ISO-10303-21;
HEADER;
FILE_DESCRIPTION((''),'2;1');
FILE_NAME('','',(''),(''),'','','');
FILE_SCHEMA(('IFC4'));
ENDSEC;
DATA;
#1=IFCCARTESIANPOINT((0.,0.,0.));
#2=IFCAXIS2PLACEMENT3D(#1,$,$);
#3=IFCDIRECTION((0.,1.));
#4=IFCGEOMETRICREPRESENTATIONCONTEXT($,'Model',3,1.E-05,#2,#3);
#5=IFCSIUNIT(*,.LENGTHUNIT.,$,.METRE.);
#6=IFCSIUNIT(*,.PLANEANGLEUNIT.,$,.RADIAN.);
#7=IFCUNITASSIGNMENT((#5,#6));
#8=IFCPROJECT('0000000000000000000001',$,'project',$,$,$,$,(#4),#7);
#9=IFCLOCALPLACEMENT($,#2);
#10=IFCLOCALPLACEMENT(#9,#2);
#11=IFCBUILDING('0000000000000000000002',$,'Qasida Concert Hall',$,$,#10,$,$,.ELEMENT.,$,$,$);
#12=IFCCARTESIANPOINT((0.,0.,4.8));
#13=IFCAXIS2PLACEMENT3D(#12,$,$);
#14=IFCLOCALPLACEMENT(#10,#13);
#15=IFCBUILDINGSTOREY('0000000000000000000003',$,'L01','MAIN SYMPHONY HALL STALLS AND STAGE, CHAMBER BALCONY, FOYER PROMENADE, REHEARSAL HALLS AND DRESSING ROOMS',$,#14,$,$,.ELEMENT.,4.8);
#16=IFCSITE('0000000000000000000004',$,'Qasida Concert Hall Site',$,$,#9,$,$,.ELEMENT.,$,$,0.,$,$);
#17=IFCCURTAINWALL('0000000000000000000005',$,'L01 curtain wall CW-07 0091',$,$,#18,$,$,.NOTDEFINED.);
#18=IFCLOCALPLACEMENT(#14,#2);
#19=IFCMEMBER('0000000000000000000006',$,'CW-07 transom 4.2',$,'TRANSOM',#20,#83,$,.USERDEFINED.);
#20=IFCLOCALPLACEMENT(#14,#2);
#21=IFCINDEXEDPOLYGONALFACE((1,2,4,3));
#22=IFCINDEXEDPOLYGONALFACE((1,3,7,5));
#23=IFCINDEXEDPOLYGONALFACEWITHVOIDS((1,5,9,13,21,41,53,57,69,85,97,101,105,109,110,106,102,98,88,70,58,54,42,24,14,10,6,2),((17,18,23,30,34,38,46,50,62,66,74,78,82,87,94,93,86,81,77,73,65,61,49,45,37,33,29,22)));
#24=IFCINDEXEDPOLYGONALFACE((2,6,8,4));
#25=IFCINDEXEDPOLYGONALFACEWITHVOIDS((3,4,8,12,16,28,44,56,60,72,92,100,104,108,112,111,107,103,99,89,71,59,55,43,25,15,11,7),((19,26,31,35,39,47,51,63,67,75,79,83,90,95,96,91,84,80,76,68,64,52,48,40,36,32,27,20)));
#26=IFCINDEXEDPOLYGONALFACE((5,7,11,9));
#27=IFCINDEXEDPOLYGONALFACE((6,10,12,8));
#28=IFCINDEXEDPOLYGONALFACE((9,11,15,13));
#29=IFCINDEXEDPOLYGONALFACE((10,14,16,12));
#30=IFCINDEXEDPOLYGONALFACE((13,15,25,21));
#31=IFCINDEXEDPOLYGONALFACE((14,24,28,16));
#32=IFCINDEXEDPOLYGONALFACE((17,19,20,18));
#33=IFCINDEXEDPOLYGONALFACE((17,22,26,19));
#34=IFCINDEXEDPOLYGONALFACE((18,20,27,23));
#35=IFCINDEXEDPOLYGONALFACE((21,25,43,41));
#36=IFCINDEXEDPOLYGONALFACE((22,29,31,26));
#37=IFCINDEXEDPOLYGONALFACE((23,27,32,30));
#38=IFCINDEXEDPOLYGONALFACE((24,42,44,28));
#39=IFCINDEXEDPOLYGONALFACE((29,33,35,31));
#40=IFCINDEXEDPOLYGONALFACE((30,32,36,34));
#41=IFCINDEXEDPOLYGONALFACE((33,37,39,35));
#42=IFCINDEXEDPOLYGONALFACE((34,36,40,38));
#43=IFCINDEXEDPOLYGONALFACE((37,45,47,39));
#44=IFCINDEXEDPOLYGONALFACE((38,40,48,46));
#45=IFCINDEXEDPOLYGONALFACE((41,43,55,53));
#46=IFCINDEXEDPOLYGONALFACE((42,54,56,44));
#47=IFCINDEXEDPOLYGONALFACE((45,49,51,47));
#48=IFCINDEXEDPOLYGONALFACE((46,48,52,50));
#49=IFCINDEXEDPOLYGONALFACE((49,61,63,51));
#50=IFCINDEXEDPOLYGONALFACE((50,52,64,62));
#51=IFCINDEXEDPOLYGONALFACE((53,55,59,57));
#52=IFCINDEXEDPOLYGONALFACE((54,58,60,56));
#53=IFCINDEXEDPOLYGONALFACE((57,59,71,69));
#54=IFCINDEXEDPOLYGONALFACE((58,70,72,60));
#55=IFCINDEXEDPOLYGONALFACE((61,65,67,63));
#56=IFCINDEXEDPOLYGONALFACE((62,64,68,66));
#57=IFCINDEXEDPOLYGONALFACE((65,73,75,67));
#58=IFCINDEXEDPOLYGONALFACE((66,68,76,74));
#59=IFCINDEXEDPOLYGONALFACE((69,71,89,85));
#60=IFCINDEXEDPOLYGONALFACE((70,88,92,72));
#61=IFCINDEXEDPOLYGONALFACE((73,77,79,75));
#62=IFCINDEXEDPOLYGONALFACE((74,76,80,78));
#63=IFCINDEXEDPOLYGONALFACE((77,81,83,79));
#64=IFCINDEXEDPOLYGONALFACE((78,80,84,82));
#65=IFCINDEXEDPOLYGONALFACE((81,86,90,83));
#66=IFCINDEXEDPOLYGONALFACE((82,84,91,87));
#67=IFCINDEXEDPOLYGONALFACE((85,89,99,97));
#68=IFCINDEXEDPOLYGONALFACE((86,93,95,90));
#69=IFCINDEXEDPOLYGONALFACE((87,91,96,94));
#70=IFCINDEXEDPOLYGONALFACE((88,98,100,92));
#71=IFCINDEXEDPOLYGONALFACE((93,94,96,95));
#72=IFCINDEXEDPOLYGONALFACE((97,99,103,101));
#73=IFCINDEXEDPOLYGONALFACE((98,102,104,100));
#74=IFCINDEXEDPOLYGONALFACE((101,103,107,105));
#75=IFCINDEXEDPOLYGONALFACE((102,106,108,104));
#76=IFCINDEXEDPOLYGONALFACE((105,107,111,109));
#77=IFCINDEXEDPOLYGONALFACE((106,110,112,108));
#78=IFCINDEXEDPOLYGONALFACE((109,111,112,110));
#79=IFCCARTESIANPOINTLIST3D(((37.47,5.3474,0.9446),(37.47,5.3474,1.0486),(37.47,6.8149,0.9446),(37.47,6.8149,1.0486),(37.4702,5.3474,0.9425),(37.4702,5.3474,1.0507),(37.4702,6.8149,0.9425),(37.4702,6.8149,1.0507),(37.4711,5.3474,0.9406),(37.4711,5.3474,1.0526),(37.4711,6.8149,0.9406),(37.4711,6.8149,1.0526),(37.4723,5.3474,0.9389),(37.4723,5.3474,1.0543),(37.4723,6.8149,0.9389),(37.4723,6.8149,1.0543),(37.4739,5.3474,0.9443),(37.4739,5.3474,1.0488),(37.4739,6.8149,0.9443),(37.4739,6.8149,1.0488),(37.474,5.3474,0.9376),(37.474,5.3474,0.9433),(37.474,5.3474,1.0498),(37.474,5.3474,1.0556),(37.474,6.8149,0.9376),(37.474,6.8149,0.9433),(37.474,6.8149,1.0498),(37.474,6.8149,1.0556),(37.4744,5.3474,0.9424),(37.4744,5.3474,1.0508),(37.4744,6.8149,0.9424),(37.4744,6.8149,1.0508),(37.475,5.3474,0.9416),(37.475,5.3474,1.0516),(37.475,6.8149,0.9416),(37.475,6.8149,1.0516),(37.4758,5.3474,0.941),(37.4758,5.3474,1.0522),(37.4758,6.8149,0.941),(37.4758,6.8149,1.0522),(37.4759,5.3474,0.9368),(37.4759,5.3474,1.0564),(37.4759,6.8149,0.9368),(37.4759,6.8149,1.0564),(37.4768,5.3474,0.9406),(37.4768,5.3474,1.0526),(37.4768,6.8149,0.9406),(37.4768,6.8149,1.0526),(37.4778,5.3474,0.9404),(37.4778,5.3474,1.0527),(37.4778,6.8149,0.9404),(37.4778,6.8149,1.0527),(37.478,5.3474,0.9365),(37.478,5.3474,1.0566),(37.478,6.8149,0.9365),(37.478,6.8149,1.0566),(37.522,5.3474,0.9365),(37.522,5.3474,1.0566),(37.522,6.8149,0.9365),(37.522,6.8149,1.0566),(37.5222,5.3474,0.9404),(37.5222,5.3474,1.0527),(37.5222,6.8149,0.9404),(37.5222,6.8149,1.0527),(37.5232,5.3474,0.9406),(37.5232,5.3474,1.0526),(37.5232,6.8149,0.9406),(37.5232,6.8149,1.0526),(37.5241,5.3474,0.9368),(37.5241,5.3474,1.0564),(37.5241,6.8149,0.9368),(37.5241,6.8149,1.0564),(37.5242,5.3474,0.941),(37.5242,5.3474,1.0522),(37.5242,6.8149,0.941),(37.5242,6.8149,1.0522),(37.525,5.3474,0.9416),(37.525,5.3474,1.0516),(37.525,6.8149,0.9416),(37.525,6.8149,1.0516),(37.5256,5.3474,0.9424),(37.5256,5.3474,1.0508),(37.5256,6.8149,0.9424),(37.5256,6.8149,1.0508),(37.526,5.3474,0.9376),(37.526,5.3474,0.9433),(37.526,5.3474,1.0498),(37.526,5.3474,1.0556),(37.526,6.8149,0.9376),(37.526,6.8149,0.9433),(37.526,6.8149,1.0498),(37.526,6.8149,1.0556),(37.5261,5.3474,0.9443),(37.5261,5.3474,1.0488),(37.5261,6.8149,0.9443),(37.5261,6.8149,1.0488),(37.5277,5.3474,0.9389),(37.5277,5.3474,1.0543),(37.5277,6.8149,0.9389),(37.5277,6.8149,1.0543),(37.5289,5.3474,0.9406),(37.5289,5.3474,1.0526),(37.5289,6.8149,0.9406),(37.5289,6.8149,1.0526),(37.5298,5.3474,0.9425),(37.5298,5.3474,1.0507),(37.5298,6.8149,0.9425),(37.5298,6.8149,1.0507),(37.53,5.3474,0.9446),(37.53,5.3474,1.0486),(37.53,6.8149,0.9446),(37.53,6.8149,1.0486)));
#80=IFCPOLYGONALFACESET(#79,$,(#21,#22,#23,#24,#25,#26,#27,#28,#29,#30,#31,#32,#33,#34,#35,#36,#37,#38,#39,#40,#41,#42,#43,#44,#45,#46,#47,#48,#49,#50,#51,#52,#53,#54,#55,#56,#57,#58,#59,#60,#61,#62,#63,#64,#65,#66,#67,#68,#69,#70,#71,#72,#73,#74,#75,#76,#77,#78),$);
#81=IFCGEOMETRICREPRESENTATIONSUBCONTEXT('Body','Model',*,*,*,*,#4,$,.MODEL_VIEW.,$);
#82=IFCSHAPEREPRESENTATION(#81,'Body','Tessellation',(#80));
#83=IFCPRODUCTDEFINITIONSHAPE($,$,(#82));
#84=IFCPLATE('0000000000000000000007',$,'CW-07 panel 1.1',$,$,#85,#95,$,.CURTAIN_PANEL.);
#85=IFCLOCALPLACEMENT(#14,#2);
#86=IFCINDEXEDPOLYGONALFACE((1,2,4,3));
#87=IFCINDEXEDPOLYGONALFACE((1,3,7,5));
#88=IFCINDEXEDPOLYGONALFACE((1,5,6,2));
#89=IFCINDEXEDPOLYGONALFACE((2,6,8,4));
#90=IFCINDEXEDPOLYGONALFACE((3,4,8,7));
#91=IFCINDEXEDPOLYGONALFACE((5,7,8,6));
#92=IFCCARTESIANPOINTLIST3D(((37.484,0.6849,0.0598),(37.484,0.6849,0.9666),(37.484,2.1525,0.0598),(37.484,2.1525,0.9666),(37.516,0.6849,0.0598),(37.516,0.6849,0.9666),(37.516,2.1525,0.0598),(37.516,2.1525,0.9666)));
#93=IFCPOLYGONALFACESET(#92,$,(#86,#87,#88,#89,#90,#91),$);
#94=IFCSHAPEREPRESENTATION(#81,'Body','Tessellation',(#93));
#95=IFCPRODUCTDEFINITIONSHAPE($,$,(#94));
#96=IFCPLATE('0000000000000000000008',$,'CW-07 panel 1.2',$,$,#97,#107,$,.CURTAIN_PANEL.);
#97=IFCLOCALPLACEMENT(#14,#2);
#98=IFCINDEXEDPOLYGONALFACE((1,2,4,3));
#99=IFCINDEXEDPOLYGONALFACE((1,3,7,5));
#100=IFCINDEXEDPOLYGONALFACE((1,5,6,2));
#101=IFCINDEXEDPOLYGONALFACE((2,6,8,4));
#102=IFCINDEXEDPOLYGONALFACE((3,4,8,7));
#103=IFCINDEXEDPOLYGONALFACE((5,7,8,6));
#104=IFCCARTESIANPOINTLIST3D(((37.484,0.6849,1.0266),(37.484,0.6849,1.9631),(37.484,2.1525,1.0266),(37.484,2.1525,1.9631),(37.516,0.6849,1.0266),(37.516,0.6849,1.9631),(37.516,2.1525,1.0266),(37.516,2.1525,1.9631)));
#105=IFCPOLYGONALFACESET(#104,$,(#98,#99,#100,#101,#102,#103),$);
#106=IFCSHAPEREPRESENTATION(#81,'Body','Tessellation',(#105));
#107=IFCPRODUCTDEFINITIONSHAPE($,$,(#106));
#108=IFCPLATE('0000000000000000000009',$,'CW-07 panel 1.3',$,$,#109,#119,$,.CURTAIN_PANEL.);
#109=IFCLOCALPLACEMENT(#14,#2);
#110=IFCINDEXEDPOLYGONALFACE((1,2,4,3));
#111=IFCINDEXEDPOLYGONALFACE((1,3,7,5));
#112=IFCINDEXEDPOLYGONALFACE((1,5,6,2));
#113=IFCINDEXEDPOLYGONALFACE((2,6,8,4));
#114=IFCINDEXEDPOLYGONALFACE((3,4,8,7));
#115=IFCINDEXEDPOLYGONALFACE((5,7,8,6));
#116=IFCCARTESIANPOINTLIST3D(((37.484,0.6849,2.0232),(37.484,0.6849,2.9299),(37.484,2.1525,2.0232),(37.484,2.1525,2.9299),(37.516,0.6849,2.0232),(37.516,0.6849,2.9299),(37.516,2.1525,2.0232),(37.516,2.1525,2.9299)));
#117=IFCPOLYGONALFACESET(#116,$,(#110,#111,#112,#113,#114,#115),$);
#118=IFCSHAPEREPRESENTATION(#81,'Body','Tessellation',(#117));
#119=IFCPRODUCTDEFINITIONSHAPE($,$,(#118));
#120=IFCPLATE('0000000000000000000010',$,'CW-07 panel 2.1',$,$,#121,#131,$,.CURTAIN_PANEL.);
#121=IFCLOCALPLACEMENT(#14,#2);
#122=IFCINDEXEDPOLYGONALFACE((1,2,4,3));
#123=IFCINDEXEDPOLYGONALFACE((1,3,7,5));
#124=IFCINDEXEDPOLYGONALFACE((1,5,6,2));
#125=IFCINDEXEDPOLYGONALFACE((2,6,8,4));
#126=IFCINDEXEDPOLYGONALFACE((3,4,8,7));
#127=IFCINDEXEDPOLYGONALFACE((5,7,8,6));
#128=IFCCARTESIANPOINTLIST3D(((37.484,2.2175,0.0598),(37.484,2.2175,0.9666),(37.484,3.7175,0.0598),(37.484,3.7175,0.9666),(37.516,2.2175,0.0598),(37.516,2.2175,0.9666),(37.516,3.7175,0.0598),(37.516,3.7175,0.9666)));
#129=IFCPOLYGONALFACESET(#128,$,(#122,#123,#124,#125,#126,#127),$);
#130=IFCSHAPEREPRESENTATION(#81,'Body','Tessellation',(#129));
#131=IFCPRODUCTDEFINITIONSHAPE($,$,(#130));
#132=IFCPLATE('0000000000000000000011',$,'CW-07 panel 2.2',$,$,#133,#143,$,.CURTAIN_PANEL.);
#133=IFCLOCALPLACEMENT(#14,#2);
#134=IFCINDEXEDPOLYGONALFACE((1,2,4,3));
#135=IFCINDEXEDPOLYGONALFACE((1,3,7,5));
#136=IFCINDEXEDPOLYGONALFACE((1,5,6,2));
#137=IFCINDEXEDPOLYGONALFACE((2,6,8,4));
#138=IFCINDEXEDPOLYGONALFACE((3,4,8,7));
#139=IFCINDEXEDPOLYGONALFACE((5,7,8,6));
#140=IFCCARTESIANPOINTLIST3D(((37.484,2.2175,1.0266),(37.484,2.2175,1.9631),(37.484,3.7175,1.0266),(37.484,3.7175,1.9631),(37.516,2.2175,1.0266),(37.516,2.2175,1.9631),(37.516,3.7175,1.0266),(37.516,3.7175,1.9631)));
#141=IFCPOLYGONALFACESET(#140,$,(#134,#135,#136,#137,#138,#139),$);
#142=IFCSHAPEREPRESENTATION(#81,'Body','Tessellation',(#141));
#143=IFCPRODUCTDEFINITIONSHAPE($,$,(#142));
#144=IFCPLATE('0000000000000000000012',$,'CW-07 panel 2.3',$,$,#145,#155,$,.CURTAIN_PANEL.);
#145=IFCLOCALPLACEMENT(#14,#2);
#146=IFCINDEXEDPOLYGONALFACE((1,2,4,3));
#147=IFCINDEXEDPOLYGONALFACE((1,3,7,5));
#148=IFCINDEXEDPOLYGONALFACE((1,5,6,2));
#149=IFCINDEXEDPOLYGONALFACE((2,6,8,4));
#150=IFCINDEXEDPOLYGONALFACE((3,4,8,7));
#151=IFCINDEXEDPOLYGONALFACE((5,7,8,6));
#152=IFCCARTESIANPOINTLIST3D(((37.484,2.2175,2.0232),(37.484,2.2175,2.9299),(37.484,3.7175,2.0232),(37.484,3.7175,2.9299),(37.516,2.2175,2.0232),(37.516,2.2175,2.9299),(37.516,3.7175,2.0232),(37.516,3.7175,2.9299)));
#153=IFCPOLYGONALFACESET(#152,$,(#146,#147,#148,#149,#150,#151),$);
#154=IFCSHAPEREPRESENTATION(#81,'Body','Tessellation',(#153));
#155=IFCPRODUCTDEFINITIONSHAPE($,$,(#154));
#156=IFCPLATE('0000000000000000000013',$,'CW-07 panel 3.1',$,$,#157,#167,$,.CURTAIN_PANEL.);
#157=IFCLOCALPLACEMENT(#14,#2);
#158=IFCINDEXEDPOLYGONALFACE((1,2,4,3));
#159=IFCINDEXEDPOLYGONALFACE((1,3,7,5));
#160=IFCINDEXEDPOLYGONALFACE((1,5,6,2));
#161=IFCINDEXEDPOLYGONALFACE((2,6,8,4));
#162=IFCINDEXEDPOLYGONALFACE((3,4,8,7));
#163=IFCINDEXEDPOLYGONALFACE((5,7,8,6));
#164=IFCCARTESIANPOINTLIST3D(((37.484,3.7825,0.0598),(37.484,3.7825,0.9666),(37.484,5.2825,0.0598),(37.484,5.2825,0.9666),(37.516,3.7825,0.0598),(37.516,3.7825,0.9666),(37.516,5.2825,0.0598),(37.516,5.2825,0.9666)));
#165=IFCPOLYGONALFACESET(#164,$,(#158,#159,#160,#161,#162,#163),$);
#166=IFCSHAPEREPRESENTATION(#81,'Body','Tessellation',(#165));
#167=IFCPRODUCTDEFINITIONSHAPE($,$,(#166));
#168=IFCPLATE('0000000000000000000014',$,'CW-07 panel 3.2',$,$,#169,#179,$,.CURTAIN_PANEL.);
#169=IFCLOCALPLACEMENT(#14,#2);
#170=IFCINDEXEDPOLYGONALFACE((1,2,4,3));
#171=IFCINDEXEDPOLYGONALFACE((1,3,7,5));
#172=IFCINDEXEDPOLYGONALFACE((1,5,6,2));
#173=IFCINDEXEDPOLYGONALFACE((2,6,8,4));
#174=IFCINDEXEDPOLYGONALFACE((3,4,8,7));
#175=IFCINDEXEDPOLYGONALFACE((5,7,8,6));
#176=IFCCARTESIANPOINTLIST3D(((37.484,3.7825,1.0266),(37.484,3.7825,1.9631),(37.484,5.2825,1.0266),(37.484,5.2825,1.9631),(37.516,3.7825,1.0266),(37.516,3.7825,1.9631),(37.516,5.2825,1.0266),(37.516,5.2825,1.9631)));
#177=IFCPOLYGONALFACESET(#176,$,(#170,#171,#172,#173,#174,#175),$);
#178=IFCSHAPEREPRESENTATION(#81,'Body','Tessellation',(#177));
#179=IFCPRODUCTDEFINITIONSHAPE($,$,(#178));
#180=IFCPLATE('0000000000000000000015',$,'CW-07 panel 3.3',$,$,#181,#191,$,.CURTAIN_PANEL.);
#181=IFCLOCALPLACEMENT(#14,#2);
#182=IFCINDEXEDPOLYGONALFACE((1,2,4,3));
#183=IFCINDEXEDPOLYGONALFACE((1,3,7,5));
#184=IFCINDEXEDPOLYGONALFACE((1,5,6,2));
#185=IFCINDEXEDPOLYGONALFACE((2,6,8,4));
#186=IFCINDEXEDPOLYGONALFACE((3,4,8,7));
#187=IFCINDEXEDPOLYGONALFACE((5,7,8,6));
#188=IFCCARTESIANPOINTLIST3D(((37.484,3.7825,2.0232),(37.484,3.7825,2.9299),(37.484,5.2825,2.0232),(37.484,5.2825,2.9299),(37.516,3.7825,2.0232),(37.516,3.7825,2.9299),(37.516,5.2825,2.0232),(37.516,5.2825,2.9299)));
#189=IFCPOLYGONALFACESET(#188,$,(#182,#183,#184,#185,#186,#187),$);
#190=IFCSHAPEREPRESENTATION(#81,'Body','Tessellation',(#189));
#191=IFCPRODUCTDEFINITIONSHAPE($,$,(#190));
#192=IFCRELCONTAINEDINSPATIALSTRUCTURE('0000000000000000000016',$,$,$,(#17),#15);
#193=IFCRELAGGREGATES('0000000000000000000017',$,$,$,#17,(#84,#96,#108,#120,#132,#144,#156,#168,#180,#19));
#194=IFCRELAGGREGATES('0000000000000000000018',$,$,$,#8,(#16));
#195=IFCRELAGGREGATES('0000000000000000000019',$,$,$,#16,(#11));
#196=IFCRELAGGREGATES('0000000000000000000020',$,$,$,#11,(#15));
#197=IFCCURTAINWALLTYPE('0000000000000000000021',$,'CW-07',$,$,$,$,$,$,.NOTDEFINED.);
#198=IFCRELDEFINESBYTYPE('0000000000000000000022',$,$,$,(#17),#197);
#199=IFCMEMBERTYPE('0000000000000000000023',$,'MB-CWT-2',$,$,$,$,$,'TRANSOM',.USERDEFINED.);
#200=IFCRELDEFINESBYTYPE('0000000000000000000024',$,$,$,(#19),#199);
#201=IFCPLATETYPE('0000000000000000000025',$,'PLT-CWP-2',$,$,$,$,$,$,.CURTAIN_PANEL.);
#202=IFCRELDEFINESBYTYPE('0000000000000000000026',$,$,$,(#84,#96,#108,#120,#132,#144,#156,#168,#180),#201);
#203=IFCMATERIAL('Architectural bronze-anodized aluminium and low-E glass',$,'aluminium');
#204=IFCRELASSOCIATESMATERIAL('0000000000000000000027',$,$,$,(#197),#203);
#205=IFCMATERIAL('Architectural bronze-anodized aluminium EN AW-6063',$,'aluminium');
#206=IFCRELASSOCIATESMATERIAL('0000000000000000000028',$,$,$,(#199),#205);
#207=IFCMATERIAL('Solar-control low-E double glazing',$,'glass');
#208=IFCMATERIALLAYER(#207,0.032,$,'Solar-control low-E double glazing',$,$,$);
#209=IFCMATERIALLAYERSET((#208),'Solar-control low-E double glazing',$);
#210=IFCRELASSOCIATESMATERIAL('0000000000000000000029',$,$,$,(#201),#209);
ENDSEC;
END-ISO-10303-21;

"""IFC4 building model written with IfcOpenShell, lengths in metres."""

from ifc_helpers import new_model, si_unit, direction, frame, origin, origin_2d, place, context, subcontext, project, spatial, rectangle, hollow_rectangle, extrude, material, layer, layer_set, material_profile, profile_set, type_object, element, aggregate, save


model = new_model("IFC4")

# Units and contexts
model_context = context("Model", 3, precision=1e-05, world=origin(), true_north=direction((0.0, 1.0)))
body_context = subcontext(model_context, "Body", "Model", "MODEL_VIEW")
ifc_project = project(units=[si_unit("LENGTHUNIT", "METRE"), si_unit("PLANEANGLEUNIT", "RADIAN")], contexts=[model_context])

# Site, building, storey
site_placement = place(None, origin())
site = spatial("IfcSite", under=ifc_project, at=site_placement, Name="Qasida Concert Hall Site", CompositionType="ELEMENT", RefElevation=0.0)
building_placement = place(site_placement, origin())
building = spatial("IfcBuilding", under=site, at=building_placement, Name="Qasida Concert Hall", CompositionType="ELEMENT")
storey_placement = place(building_placement, frame((0.0, 0.0, 4.8)))
storey = spatial("IfcBuildingStorey", under=building, at=storey_placement, Name="L01", Description="MAIN SYMPHONY HALL STALLS AND STAGE, CHAMBER BALCONY, FOYER PROMENADE, REHEARSAL HALLS AND DRESSING ROOMS", CompositionType="ELEMENT", Elevation=4.8)

# Curtain wall, member, plates
ifc_material_1 = material(Name="Architectural bronze-anodized aluminium and low-E glass", Category="aluminium")
curtain_wall_type = type_object("IfcCurtainWallType", Name="CW-07", PredefinedType="NOTDEFINED", material=ifc_material_1)
curtain_wall_placement = place(storey_placement, origin())
curtain_wall = element("IfcCurtainWall", 1, at=curtain_wall_placement, inside=storey, type_object=curtain_wall_type, Name="L01 curtain wall CW-07 0091", PredefinedType="NOTDEFINED")
ifc_material_2 = material(Name="Architectural bronze-anodized aluminium EN AW-6063", Category="aluminium")
ifc_material_profile_1 = material_profile(ifc_material_2, hollow_rectangle(XDim=0.0601, YDim=0.1201, WallThickness=0.0039, InnerFilletRadius=0.0039, OuterFilletRadius=0.0081, at=origin_2d()), Name="CWT 120x60x4")
ifc_profile_set_1 = profile_set([ifc_material_profile_1], Name="Architectural bronze-anodized aluminium EN AW-6063")
member_type_1 = type_object("IfcMemberType", Name="MB-CWT-2", ElementType="TRANSOM", PredefinedType="USERDEFINED", material=ifc_profile_set_1)
member_1_placement = place(storey_placement, frame((37.5, 5.3474, 0.9966), z_axis=(0.0, 1.0, 0.0), x_axis=(-1.0, 0.0, 0.0)))
member_1 = element("IfcMember", 2, at=member_1_placement, type_object=member_type_1, Name="CW-07 transom 4.2", ObjectType="TRANSOM", PredefinedType="USERDEFINED", context=body_context, shape_type="SweptSolid", body=[
    extrude(hollow_rectangle(XDim=0.0601, YDim=0.1201, WallThickness=0.0039, InnerFilletRadius=0.0039, OuterFilletRadius=0.0081, at=origin_2d()), origin(), (0.0, 0.0, 1.0), 1.4675),
])
ifc_material_3 = material(Name="Solar-control low-E double glazing", Category="glass")
ifc_layer = layer(ifc_material_3, 0.032, Name="Solar-control low-E double glazing")
ifc_layer_set = layer_set([ifc_layer], Name="Solar-control low-E double glazing")
plate_type = type_object("IfcPlateType", Name="PLT-CWP-2", PredefinedType="CURTAIN_PANEL", material=ifc_layer_set)
plate_1_placement = place(storey_placement, frame((37.5, 1.4187, 0.0598), z_axis=(0.0, 0.0, 1.0), x_axis=(0.0, 1.0, 0.0)))
plate_1 = element("IfcPlate", 3, at=plate_1_placement, type_object=plate_type, Name="CW-07 panel 1.1", PredefinedType="CURTAIN_PANEL", context=body_context, shape_type="SweptSolid", body=[
    extrude(rectangle(XDim=1.4675, YDim=0.032, at=origin_2d()), origin(), (0.0, 0.0, 1.0), 0.9067),
])
plate_2_placement = place(storey_placement, frame((37.5, 1.4187, 1.0266), z_axis=(0.0, 0.0, 1.0), x_axis=(0.0, 1.0, 0.0)))
plate_2 = element("IfcPlate", 4, at=plate_2_placement, type_object=plate_type, Name="CW-07 panel 1.2", PredefinedType="CURTAIN_PANEL", context=body_context, shape_type="SweptSolid", body=[
    extrude(rectangle(XDim=1.4675, YDim=0.032, at=origin_2d()), origin(), (0.0, 0.0, 1.0), 0.9365),
])
plate_3_placement = place(storey_placement, frame((37.5, 1.4187, 2.0232), z_axis=(0.0, 0.0, 1.0), x_axis=(0.0, 1.0, 0.0)))
plate_3 = element("IfcPlate", 5, at=plate_3_placement, type_object=plate_type, Name="CW-07 panel 1.3", PredefinedType="CURTAIN_PANEL", context=body_context, shape_type="SweptSolid", body=[
    extrude(rectangle(XDim=1.4675, YDim=0.032, at=origin_2d()), origin(), (0.0, 0.0, 1.0), 0.9067),
])
plate_4_placement = place(storey_placement, frame((37.5, 2.9675, 0.0598), z_axis=(0.0, 0.0, 1.0), x_axis=(0.0, 1.0, 0.0)))
plate_4 = element("IfcPlate", 6, at=plate_4_placement, type_object=plate_type, Name="CW-07 panel 2.1", PredefinedType="CURTAIN_PANEL", context=body_context, shape_type="SweptSolid", body=[
    extrude(rectangle(XDim=1.5, YDim=0.032, at=origin_2d()), origin(), (0.0, 0.0, 1.0), 0.9067),
])
plate_5_placement = place(storey_placement, frame((37.5, 2.9675, 1.0266), z_axis=(0.0, 0.0, 1.0), x_axis=(0.0, 1.0, 0.0)))
plate_5 = element("IfcPlate", 7, at=plate_5_placement, type_object=plate_type, Name="CW-07 panel 2.2", PredefinedType="CURTAIN_PANEL", context=body_context, shape_type="SweptSolid", body=[
    extrude(rectangle(XDim=1.5, YDim=0.032, at=origin_2d()), origin(), (0.0, 0.0, 1.0), 0.9365),
])
plate_6_placement = place(storey_placement, frame((37.5, 2.9675, 2.0232), z_axis=(0.0, 0.0, 1.0), x_axis=(0.0, 1.0, 0.0)))
plate_6 = element("IfcPlate", 8, at=plate_6_placement, type_object=plate_type, Name="CW-07 panel 2.3", PredefinedType="CURTAIN_PANEL", context=body_context, shape_type="SweptSolid", body=[
    extrude(rectangle(XDim=1.5, YDim=0.032, at=origin_2d()), origin(), (0.0, 0.0, 1.0), 0.9067),
])
plate_7_placement = place(storey_placement, frame((37.5, 4.5325, 0.0598), z_axis=(0.0, 0.0, 1.0), x_axis=(0.0, 1.0, 0.0)))
plate_7 = element("IfcPlate", 9, at=plate_7_placement, type_object=plate_type, Name="CW-07 panel 3.1", PredefinedType="CURTAIN_PANEL", context=body_context, shape_type="SweptSolid", body=[
    extrude(rectangle(XDim=1.5, YDim=0.032, at=origin_2d()), origin(), (0.0, 0.0, 1.0), 0.9067),
])
plate_8_placement = place(storey_placement, frame((37.5, 4.5325, 1.0266), z_axis=(0.0, 0.0, 1.0), x_axis=(0.0, 1.0, 0.0)))
plate_8 = element("IfcPlate", 10, at=plate_8_placement, type_object=plate_type, Name="CW-07 panel 3.2", PredefinedType="CURTAIN_PANEL", context=body_context, shape_type="SweptSolid", body=[
    extrude(rectangle(XDim=1.5, YDim=0.032, at=origin_2d()), origin(), (0.0, 0.0, 1.0), 0.9365),
])
plate_9_placement = place(storey_placement, frame((37.5, 4.5325, 2.0232), z_axis=(0.0, 0.0, 1.0), x_axis=(0.0, 1.0, 0.0)))
plate_9 = element("IfcPlate", 11, at=plate_9_placement, type_object=plate_type, Name="CW-07 panel 3.3", PredefinedType="CURTAIN_PANEL", context=body_context, shape_type="SweptSolid", body=[
    extrude(rectangle(XDim=1.5, YDim=0.032, at=origin_2d()), origin(), (0.0, 0.0, 1.0), 0.9067),
])
aggregate(curtain_wall, [plate_1, plate_2, plate_3, plate_4, plate_5, plate_6, plate_7, plate_8, plate_9, member_1])

save(model, "model.ifc")
